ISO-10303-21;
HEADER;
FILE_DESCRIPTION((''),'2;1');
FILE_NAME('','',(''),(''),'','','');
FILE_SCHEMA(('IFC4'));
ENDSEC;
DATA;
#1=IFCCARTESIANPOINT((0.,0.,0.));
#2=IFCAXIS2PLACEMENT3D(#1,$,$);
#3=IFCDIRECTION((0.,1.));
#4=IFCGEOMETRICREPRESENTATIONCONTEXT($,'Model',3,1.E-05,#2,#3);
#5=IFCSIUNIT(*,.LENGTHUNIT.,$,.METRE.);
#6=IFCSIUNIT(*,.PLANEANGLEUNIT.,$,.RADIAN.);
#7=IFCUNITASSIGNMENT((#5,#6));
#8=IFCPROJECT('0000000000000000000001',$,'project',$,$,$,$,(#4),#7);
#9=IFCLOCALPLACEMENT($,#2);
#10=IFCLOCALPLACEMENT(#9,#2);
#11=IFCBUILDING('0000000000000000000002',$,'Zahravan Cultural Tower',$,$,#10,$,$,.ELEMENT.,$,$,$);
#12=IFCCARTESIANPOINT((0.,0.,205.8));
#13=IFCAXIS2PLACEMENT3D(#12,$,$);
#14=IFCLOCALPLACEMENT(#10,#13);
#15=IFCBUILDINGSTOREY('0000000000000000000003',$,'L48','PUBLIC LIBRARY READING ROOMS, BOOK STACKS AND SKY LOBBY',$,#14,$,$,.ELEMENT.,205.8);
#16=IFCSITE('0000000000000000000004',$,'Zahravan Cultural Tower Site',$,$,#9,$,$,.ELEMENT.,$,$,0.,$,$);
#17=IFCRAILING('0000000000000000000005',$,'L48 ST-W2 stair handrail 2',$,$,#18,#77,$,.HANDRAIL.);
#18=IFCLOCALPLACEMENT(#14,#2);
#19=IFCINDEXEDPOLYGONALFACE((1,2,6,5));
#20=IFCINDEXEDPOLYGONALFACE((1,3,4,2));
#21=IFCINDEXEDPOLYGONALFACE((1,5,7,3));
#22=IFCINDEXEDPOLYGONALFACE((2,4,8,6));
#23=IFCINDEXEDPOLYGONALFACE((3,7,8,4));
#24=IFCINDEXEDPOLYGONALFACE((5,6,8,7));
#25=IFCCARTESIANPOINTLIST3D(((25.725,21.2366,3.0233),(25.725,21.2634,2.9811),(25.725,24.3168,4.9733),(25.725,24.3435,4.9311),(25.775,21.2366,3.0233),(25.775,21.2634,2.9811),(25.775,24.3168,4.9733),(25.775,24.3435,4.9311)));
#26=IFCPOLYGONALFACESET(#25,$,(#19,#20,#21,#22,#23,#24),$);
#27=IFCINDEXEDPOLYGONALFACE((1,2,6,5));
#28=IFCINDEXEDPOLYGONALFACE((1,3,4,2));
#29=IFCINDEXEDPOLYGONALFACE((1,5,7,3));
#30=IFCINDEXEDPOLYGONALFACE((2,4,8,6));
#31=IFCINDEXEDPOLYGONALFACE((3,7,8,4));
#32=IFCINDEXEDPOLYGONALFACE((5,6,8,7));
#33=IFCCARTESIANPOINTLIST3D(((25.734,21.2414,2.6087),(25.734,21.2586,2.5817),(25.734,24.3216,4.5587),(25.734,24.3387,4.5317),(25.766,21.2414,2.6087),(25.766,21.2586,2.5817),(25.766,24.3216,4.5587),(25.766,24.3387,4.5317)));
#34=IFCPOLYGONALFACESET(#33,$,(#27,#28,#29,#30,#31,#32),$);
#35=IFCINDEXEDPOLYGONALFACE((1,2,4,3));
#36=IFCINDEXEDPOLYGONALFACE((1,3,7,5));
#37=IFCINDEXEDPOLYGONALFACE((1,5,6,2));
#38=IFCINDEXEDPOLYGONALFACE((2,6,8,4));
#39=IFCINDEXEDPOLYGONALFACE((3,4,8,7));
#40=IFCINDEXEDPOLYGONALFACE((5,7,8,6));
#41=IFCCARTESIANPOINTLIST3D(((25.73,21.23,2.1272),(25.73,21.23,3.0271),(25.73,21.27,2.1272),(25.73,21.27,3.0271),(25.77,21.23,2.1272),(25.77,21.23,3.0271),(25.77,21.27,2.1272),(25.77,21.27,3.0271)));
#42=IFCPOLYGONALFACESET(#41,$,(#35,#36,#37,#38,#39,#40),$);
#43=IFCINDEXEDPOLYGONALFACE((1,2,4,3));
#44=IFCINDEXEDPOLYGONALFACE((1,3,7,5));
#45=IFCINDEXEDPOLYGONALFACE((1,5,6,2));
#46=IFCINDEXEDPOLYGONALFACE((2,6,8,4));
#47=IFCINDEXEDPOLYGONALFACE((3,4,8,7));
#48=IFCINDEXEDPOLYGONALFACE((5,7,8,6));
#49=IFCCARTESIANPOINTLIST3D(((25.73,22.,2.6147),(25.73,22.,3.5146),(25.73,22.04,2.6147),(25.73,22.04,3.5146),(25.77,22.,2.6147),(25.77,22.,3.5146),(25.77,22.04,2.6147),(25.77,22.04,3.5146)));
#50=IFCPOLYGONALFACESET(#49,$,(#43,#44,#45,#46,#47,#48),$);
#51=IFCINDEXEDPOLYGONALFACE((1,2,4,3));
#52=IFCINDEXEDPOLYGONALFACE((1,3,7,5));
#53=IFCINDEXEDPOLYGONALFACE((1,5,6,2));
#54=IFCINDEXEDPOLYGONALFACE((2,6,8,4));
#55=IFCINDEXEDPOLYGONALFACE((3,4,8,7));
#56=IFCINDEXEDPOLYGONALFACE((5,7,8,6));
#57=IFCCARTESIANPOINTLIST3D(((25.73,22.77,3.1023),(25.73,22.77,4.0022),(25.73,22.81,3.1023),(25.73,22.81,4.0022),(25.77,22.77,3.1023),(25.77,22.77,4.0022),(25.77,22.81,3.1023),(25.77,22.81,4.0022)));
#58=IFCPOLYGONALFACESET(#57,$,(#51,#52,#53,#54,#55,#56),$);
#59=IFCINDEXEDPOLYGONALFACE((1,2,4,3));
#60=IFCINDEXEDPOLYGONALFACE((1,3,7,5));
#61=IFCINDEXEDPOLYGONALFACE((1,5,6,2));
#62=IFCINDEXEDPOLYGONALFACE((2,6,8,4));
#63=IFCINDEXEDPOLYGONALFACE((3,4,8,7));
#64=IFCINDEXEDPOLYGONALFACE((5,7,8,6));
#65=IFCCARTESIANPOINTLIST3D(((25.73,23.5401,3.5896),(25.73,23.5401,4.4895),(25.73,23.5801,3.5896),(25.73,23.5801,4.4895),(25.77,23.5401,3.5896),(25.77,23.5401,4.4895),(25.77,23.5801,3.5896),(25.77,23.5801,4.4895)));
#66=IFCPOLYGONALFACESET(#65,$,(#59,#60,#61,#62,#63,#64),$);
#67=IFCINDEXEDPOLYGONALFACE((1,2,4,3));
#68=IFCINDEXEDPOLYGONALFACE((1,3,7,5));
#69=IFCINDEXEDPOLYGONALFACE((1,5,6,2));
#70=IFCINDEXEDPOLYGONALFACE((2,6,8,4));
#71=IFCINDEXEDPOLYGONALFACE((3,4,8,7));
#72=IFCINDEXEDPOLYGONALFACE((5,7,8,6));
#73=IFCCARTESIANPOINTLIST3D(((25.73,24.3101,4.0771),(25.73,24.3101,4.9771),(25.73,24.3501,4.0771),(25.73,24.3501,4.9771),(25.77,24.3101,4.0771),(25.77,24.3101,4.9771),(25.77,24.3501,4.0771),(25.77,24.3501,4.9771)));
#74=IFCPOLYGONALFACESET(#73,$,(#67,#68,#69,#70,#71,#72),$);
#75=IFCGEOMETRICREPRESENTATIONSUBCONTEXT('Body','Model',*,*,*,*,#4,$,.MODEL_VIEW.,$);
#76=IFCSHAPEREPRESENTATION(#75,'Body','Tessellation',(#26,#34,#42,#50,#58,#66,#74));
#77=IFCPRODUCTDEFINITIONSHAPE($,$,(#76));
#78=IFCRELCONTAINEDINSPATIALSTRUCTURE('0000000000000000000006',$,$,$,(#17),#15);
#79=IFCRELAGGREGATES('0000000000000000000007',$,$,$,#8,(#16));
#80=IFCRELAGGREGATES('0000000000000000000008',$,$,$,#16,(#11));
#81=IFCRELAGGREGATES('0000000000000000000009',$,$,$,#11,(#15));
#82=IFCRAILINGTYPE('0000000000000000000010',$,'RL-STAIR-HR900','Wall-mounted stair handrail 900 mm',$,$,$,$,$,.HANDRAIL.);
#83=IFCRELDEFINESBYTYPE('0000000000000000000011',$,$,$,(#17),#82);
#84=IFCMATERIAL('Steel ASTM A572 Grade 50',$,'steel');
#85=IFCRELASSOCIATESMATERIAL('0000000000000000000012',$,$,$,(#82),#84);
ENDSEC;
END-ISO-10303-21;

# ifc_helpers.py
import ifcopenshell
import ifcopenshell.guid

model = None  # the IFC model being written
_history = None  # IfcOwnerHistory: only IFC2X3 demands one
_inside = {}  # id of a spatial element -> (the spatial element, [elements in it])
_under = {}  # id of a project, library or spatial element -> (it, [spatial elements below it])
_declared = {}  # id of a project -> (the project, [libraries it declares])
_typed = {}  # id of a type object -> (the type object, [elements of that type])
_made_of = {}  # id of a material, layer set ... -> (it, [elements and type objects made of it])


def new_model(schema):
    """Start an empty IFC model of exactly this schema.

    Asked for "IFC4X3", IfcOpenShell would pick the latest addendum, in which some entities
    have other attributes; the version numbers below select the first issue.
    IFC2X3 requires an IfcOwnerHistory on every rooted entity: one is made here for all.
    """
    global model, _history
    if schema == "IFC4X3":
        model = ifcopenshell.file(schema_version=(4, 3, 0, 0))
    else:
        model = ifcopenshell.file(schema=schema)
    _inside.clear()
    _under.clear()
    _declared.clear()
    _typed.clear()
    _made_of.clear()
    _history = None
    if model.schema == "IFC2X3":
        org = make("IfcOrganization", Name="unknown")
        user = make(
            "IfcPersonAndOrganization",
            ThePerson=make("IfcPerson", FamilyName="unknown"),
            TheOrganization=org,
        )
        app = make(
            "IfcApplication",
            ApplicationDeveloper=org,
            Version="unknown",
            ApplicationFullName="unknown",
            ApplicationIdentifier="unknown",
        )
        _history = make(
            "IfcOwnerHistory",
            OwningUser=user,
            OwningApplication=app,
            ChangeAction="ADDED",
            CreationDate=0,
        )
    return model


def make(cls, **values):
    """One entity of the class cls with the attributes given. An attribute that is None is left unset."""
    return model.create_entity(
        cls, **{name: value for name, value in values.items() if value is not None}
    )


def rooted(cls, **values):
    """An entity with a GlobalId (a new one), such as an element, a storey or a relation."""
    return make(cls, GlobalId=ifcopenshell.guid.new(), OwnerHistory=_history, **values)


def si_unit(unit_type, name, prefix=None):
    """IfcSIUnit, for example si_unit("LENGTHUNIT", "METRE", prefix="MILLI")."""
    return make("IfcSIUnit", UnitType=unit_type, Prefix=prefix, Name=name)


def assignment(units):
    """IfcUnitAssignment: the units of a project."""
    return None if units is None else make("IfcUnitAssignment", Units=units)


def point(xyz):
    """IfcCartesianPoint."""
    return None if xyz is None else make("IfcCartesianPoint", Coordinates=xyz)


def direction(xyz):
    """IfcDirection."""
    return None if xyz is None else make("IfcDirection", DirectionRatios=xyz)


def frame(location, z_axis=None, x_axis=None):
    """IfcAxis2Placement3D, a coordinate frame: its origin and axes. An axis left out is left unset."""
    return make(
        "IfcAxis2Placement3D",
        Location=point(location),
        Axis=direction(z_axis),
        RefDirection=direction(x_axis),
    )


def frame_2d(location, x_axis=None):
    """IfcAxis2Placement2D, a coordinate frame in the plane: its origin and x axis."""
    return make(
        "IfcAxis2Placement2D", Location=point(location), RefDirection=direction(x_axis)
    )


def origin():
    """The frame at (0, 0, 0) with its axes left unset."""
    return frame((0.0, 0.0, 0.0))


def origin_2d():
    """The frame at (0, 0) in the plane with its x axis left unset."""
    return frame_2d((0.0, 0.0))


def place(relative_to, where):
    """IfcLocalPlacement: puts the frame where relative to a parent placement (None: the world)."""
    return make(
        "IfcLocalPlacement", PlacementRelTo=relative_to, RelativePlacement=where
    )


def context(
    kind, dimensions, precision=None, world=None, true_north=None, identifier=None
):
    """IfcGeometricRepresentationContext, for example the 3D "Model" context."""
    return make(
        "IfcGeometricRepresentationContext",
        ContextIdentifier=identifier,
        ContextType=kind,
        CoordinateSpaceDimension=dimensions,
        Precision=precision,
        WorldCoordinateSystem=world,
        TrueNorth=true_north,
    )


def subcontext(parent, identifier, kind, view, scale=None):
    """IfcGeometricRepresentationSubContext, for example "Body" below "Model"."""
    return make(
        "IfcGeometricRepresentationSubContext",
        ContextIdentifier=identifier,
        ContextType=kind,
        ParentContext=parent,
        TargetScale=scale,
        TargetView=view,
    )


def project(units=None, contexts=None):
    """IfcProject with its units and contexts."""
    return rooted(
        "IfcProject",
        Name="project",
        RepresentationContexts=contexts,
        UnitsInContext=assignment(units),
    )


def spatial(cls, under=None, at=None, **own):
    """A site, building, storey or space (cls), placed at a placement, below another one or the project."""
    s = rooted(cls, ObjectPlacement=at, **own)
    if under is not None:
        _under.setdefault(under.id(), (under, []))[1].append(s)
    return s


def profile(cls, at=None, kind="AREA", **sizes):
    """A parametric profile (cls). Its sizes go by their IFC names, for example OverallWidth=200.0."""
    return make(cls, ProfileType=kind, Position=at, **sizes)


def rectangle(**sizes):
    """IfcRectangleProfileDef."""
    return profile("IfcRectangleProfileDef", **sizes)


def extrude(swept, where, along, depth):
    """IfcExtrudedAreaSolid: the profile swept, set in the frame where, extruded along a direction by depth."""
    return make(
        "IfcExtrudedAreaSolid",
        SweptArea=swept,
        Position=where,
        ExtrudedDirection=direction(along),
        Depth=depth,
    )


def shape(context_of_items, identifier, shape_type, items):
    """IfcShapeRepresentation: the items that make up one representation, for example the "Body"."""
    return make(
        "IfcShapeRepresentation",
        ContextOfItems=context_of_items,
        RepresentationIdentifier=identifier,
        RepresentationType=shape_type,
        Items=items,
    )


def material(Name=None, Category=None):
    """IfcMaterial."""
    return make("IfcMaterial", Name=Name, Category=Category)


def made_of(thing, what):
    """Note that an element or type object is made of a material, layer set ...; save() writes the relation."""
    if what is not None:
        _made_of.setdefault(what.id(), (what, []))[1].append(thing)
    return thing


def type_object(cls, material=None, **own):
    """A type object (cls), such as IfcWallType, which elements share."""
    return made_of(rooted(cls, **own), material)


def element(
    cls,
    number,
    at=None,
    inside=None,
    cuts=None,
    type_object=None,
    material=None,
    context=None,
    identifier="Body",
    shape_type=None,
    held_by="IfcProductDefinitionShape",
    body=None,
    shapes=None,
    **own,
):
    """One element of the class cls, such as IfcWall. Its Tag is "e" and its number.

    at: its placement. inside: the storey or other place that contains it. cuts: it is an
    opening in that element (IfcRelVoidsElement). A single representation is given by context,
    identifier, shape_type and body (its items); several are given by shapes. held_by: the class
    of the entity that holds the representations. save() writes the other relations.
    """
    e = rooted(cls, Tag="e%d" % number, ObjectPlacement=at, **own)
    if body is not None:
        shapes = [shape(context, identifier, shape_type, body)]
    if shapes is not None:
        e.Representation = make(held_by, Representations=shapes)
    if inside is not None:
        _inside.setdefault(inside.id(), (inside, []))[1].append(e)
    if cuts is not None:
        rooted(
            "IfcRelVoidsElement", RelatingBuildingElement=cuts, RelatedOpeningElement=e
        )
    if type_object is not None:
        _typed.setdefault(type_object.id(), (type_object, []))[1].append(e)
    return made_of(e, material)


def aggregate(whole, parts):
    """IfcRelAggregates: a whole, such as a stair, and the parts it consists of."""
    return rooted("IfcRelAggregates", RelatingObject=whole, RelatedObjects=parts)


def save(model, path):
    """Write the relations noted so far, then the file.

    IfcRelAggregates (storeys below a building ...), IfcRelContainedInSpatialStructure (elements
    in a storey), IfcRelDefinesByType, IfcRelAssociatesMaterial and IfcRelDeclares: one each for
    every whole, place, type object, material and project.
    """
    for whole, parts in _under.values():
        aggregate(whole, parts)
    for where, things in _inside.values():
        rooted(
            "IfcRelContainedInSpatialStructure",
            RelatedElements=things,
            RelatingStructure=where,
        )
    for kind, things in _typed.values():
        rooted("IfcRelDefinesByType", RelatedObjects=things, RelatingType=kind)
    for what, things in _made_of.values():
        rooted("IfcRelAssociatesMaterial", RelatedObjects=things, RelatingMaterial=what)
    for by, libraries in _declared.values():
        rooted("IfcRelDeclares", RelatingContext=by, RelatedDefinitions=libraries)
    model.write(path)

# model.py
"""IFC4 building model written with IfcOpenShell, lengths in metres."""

from ifc_helpers import new_model, si_unit, direction, frame, origin, origin_2d, place, context, subcontext, project, spatial, rectangle, extrude, material, type_object, element, save


model = new_model("IFC4")

# Units and contexts
model_context = context("Model", 3, precision=1e-05, world=origin(), true_north=direction((0.0, 1.0)))
body_context = subcontext(model_context, "Body", "Model", "MODEL_VIEW")
ifc_project = project(units=[si_unit("LENGTHUNIT", "METRE"), si_unit("PLANEANGLEUNIT", "RADIAN")], contexts=[model_context])

# Site, building, storey
site_placement = place(None, origin())
site = spatial("IfcSite", under=ifc_project, at=site_placement, Name="Zahravan Cultural Tower Site", CompositionType="ELEMENT", RefElevation=0.0)
building_placement = place(site_placement, origin())
building = spatial("IfcBuilding", under=site, at=building_placement, Name="Zahravan Cultural Tower", CompositionType="ELEMENT")
storey_placement = place(building_placement, frame((0.0, 0.0, 205.8)))
storey = spatial("IfcBuildingStorey", under=building, at=storey_placement, Name="L48", Description="PUBLIC LIBRARY READING ROOMS, BOOK STACKS AND SKY LOBBY", CompositionType="ELEMENT", Elevation=205.8)

# Railing
ifc_material_1 = material(Name="Steel ASTM A572 Grade 50", Category="steel")
railing_type_1 = type_object("IfcRailingType", Name="RL-STAIR-HR900", Description="Wall-mounted stair handrail 900 mm", PredefinedType="HANDRAIL", material=ifc_material_1)
railing_1_placement = place(storey_placement, frame((25.75, 21.25, 2.1272)))
element("IfcRailing", 1, at=railing_1_placement, inside=storey, type_object=railing_type_1, Name="L48 ST-W2 stair handrail 2", PredefinedType="HANDRAIL", context=body_context, shape_type="SweptSolid", body=[
    extrude(rectangle(XDim=0.05, YDim=0.05, at=origin_2d()), frame((0.0, 0.0, 0.875), z_axis=(0.0, 0.844914, 0.534902), x_axis=(-1.0, 0.0, 0.0)), (0.0, 0.0, 1.0), 3.6455),
    extrude(rectangle(XDim=0.032, YDim=0.032, at=origin_2d()), frame((0.0, 0.0, 0.468), z_axis=(0.0, 0.844914, 0.534902), x_axis=(-1.0, 0.0, 0.0)), (0.0, 0.0, 1.0), 3.6455),
    extrude(rectangle(XDim=0.04, YDim=0.04, at=origin_2d()), origin(), (0.0, 0.0, 1.0), 0.8999),
    extrude(rectangle(XDim=0.04, YDim=0.04, at=origin_2d()), frame((0.0, 0.77, 0.4875)), (0.0, 0.0, 1.0), 0.8999),
    extrude(rectangle(XDim=0.04, YDim=0.04, at=origin_2d()), frame((0.0, 1.54, 0.9751)), (0.0, 0.0, 1.0), 0.8999),
    extrude(rectangle(XDim=0.04, YDim=0.04, at=origin_2d()), frame((0.0, 2.3101, 1.4624)), (0.0, 0.0, 1.0), 0.8999),
    extrude(rectangle(XDim=0.04, YDim=0.04, at=origin_2d()), frame((0.0, 3.0801, 1.95)), (0.0, 0.0, 1.0), 0.8999),
])

save(model, "model.ifc")
